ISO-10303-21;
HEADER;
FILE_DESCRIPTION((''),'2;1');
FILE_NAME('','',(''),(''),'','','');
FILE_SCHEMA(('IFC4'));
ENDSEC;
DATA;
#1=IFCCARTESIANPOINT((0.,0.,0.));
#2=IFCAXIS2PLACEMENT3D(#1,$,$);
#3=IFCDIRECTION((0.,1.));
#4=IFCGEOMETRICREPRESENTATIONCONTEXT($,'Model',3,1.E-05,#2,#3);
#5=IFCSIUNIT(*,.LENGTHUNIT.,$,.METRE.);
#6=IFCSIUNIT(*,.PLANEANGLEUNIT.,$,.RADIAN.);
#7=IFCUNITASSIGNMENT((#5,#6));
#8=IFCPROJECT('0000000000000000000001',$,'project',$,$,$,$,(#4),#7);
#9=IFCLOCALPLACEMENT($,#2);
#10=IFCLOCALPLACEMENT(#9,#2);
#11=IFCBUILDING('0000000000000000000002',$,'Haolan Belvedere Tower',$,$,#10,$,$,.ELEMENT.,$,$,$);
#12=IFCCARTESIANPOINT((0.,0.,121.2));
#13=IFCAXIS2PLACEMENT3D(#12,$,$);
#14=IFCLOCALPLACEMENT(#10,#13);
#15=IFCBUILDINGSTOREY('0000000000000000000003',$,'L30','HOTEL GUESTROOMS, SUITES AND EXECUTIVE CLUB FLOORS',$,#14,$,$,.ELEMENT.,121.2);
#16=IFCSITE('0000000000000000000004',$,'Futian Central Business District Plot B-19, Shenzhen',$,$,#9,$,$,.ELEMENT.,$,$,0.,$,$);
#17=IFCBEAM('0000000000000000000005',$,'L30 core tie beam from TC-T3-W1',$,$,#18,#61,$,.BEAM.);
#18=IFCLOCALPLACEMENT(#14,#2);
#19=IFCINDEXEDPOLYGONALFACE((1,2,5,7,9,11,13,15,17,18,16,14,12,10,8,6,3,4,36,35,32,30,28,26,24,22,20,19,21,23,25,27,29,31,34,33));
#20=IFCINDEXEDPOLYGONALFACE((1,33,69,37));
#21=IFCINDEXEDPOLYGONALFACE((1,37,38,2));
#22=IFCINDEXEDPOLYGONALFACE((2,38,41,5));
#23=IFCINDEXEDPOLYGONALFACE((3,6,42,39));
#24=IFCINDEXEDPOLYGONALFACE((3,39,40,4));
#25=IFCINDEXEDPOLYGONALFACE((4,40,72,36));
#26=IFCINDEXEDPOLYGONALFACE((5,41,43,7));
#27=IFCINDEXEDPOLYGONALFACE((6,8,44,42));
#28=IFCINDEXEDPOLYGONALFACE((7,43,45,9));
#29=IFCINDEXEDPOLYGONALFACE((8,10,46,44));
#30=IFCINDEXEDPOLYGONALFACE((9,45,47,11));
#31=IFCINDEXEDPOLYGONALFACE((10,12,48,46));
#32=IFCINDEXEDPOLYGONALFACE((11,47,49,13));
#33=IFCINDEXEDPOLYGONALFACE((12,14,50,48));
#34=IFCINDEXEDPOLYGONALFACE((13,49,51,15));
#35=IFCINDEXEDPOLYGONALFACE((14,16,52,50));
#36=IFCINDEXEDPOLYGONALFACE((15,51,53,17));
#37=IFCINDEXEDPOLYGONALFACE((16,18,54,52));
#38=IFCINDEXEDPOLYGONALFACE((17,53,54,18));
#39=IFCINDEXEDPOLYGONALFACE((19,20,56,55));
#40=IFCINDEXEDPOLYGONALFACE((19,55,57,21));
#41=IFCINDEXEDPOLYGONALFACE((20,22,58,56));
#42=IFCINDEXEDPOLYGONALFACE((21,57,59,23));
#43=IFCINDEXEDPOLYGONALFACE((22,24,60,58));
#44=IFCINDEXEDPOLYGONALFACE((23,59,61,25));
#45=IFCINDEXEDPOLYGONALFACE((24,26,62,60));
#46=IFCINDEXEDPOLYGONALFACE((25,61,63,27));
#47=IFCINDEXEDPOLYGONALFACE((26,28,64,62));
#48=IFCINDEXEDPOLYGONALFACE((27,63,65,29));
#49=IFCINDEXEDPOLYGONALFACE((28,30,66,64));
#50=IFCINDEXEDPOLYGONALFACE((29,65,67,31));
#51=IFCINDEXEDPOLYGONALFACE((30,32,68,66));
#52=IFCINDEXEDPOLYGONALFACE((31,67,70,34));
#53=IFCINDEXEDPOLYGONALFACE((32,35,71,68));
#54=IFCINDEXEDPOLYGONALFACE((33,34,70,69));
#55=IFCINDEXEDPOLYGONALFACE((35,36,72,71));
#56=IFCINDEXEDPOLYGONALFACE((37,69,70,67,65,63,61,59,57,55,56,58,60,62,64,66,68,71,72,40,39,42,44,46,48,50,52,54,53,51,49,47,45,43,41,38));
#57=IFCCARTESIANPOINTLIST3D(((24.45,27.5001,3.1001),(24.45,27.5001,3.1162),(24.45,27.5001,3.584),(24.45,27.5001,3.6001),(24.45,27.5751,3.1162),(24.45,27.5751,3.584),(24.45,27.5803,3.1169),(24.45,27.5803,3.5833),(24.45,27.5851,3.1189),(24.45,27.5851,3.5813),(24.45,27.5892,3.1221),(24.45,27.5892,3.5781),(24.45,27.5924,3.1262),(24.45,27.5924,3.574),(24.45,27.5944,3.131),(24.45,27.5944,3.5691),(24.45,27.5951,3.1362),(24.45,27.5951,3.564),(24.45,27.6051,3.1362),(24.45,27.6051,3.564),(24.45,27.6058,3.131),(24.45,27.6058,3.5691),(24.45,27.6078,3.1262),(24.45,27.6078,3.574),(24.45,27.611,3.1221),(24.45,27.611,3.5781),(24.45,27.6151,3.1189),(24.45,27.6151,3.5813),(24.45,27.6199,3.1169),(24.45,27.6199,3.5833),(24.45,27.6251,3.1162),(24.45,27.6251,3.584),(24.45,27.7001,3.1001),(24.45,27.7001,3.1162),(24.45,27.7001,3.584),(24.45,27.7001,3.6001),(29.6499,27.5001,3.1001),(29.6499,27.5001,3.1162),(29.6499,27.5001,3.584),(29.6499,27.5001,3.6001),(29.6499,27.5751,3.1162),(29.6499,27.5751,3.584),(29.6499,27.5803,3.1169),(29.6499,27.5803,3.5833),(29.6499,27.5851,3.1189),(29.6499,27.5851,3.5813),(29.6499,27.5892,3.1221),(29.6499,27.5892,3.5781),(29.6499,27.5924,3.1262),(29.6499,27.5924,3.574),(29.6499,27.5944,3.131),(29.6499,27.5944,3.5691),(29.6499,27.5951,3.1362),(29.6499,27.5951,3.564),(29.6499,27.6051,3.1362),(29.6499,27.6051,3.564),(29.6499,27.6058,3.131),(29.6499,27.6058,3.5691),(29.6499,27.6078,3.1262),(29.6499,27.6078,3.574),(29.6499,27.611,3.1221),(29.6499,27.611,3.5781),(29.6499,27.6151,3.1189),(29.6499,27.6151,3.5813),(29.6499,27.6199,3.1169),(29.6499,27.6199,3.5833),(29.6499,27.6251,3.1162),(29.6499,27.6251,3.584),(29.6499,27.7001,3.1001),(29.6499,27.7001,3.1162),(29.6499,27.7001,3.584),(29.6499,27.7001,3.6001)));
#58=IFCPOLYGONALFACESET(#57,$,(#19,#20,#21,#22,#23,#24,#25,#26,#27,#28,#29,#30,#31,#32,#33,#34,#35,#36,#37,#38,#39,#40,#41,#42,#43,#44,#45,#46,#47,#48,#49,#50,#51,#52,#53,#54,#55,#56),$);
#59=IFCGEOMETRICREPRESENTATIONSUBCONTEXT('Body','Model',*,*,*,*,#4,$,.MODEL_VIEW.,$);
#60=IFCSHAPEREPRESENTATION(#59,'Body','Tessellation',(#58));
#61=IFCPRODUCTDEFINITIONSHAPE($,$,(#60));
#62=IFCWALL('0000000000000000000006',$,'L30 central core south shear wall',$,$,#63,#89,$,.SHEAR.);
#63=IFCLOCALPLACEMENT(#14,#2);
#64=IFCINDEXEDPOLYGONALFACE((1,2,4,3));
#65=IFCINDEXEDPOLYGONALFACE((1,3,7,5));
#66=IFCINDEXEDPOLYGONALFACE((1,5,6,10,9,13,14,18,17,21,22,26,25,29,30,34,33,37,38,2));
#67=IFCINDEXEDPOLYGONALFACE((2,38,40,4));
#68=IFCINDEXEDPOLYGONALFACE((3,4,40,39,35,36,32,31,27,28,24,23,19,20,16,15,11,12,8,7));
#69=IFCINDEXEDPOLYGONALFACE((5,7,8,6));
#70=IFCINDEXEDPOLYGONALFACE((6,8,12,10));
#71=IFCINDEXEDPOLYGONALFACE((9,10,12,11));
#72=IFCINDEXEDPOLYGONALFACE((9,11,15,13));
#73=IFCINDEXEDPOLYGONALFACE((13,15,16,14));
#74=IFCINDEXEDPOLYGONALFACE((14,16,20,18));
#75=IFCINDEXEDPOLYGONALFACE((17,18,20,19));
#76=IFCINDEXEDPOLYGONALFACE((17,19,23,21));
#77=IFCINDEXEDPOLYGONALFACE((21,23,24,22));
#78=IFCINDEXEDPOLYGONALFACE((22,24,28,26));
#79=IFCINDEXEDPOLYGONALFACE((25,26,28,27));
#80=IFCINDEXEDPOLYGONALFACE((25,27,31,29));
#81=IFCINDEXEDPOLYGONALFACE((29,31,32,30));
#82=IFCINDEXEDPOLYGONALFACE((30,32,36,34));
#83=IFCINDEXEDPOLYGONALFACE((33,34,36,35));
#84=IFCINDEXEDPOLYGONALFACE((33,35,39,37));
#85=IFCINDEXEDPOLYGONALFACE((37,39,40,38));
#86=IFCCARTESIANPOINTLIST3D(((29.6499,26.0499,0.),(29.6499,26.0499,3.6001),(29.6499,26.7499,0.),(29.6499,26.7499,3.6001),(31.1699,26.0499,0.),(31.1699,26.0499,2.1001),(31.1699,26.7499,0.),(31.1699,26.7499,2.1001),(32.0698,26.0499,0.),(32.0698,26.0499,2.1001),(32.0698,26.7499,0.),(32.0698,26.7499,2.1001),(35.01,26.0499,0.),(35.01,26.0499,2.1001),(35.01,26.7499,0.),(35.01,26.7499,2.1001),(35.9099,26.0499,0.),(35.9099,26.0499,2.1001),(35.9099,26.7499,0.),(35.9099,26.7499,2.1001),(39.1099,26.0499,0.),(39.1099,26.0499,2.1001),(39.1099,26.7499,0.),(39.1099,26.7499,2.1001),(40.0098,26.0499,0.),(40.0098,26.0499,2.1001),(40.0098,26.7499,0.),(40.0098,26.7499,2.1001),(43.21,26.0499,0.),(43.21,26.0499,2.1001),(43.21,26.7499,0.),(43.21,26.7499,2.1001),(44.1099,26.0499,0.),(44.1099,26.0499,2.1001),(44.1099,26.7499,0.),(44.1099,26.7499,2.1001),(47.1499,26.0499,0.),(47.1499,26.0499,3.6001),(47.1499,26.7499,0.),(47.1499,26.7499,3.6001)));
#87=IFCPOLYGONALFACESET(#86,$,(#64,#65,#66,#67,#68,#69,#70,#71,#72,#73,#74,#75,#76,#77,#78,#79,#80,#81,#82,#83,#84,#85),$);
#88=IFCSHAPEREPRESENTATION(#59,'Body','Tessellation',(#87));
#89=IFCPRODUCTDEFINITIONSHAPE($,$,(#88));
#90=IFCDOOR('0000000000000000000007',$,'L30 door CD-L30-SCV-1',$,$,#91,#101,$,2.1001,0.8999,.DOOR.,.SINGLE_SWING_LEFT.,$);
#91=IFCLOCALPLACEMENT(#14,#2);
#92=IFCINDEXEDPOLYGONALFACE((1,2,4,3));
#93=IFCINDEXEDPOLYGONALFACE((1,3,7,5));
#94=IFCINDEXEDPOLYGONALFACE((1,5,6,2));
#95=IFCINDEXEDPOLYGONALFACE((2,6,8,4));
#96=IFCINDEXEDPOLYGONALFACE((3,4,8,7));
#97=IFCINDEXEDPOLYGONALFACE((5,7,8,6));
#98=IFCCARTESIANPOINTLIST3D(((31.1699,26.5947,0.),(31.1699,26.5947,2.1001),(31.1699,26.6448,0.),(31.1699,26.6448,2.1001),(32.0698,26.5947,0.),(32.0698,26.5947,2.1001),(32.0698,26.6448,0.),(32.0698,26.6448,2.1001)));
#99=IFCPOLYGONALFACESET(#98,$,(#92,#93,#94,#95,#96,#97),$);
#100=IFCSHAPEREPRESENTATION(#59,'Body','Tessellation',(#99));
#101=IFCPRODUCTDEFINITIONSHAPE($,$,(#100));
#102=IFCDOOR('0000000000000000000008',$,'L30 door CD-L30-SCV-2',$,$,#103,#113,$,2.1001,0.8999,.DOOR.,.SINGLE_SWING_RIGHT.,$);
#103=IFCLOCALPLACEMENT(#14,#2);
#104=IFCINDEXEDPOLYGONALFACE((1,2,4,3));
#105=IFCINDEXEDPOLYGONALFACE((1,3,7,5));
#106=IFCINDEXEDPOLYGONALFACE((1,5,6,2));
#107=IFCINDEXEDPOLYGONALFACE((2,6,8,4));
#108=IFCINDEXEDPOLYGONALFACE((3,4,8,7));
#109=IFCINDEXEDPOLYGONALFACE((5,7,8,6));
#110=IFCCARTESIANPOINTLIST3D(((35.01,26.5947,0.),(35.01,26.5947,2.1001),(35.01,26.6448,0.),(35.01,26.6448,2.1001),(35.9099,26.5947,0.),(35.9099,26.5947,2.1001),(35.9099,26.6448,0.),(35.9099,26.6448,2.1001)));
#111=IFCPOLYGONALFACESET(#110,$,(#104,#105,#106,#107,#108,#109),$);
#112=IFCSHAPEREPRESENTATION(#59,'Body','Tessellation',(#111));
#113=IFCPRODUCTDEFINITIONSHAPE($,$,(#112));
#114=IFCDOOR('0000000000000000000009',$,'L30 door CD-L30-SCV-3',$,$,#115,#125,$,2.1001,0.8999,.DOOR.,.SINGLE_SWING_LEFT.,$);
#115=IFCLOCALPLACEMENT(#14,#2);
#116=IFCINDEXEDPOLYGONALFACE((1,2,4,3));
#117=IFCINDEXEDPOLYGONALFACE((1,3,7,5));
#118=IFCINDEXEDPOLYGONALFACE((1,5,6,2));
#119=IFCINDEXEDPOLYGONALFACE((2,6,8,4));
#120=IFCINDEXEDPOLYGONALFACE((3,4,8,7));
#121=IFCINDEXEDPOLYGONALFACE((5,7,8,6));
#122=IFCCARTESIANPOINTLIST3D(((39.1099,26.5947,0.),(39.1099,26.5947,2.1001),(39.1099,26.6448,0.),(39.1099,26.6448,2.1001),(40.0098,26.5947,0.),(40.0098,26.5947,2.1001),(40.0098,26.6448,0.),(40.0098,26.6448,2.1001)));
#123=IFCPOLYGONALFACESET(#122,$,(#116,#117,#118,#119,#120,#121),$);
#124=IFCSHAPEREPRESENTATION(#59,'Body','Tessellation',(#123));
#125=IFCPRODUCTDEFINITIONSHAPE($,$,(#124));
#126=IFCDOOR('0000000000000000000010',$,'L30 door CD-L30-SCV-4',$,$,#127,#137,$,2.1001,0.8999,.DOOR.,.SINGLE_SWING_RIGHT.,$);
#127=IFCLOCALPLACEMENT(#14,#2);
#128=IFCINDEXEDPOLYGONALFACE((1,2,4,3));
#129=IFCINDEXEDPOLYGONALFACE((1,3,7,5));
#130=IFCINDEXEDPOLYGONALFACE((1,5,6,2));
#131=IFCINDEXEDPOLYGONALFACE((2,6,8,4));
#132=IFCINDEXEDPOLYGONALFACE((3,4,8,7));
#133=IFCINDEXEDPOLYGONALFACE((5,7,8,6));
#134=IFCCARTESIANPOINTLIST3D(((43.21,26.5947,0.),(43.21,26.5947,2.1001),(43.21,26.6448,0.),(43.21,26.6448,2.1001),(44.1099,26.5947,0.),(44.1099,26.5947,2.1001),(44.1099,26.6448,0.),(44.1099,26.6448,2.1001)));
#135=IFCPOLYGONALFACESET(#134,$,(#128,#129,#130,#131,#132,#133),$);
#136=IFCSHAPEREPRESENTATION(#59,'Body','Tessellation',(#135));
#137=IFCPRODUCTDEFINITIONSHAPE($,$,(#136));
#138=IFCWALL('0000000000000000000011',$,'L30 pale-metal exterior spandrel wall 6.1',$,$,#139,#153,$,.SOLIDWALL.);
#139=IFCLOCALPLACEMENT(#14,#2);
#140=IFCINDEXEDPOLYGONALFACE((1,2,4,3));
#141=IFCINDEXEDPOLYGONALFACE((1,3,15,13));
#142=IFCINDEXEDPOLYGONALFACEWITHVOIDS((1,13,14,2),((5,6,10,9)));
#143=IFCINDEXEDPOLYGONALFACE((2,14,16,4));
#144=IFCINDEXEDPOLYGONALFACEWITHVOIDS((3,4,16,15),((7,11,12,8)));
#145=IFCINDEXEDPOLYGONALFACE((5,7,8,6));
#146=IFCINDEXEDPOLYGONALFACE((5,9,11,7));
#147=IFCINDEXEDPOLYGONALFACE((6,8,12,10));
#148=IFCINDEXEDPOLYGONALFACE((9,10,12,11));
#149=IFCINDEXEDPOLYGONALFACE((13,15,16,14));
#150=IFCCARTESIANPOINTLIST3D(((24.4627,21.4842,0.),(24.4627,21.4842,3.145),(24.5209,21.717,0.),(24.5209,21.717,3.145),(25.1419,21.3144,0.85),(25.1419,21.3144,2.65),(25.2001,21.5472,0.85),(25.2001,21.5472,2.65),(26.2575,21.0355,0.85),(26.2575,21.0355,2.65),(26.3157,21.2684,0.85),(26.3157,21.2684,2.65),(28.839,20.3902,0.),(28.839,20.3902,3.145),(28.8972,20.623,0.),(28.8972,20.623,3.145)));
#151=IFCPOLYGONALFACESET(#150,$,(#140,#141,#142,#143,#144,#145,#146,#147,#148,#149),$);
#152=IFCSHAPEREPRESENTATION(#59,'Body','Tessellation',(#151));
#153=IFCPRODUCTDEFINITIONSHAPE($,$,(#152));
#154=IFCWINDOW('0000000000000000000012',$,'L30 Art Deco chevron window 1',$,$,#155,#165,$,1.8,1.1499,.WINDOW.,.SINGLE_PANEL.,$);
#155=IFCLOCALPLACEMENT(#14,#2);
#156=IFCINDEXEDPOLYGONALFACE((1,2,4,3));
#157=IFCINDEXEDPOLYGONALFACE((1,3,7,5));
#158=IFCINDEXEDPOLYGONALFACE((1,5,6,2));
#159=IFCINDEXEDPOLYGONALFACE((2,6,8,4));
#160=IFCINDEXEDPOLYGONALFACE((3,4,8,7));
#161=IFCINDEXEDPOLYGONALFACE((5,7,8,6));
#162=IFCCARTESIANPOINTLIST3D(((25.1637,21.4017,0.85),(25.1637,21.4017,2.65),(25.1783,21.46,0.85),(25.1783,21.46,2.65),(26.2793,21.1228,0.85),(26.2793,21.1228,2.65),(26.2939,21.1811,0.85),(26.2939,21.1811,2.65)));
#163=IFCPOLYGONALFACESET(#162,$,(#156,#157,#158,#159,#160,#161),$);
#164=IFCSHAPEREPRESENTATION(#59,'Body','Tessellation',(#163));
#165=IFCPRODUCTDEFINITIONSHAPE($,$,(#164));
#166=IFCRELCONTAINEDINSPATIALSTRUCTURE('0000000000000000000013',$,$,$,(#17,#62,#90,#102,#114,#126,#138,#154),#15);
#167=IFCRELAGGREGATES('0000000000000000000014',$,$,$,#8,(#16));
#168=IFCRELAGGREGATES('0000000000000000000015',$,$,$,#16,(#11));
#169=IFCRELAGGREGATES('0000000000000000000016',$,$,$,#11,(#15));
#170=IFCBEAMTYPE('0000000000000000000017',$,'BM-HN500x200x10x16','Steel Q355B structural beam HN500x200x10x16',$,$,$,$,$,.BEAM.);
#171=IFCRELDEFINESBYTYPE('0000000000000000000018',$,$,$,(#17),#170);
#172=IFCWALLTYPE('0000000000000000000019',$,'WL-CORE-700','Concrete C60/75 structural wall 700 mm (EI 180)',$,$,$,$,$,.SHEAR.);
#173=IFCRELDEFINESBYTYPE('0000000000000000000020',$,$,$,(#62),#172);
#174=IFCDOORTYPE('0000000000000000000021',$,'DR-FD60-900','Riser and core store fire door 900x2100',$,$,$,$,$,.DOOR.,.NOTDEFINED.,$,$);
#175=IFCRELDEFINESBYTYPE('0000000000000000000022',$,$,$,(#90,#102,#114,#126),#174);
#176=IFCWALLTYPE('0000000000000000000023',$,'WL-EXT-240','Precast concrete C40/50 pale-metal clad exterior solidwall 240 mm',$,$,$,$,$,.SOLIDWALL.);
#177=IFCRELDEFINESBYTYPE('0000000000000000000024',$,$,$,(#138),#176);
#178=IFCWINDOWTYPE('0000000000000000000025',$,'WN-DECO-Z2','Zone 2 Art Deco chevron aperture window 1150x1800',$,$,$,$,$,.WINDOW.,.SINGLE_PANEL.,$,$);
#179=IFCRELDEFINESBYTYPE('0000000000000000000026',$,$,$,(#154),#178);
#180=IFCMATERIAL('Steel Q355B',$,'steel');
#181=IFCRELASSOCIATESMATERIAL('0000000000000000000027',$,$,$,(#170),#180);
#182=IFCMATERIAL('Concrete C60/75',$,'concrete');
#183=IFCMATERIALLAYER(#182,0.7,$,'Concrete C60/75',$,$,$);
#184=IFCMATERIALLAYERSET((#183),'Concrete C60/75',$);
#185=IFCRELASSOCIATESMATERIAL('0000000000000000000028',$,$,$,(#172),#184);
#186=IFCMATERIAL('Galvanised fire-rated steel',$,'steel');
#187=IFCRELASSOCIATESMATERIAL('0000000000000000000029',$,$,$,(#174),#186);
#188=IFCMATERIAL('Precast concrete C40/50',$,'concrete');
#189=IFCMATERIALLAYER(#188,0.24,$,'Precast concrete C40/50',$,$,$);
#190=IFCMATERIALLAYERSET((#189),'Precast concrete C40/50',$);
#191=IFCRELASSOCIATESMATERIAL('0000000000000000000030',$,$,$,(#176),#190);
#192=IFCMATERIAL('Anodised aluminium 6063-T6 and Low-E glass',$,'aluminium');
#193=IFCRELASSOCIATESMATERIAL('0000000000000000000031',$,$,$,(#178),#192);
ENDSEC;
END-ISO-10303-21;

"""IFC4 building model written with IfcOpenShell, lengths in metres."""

from ifc_helpers import new_model, si_unit, direction, frame, frame_2d, origin, origin_2d, place, context, subcontext, project, spatial, rectangle, i_section, extrude, material, layer, layer_set, material_profile, profile_set, type_object, element, fill, save


model = new_model("IFC4")

# Units and contexts
model_context = context("Model", 3, precision=1e-05, world=origin(), true_north=direction((0.0, 1.0)))
body_context = subcontext(model_context, "Body", "Model", "MODEL_VIEW")
ifc_project = project(units=[si_unit("LENGTHUNIT", "METRE"), si_unit("PLANEANGLEUNIT", "RADIAN")], contexts=[model_context])

# Site, building, storey
site_placement = place(None, origin())
site = spatial("IfcSite", under=ifc_project, at=site_placement, Name="Futian Central Business District Plot B-19, Shenzhen", CompositionType="ELEMENT", RefElevation=0.0)
building_placement = place(site_placement, origin())
building = spatial("IfcBuilding", under=site, at=building_placement, Name="Haolan Belvedere Tower", CompositionType="ELEMENT")
storey_placement = place(building_placement, frame((0.0, 0.0, 121.2)))
storey = spatial("IfcBuildingStorey", under=building, at=storey_placement, Name="L30", Description="HOTEL GUESTROOMS, SUITES AND EXECUTIVE CLUB FLOORS", CompositionType="ELEMENT", Elevation=121.2)

# Beam
ifc_material_1 = material(Name="Steel Q355B", Category="steel")
ifc_material_profile_1 = material_profile(ifc_material_1, i_section(OverallWidth=0.2, OverallDepth=0.5, WebThickness=0.01, FlangeThickness=0.0161, FilletRadius=0.02, at=origin_2d()), Name="Steel Q355B")
ifc_profile_set_1 = profile_set([ifc_material_profile_1], Name="Steel Q355B")
beam_type_1 = type_object("IfcBeamType", Name="BM-HN500x200x10x16", Description="Steel Q355B structural beam HN500x200x10x16", PredefinedType="BEAM", material=ifc_profile_set_1)
beam_1_placement = place(storey_placement, frame((24.45, 27.6001, 3.3501), z_axis=(1.0, 0.0, 0.0), x_axis=(0.0, 1.0, 0.0)))
element("IfcBeam", 1, at=beam_1_placement, inside=storey, type_object=beam_type_1, Name="L30 core tie beam from TC-T3-W1", PredefinedType="BEAM", context=body_context, shape_type="SweptSolid", body=[
    extrude(i_section(OverallWidth=0.2, OverallDepth=0.5, WebThickness=0.01, FlangeThickness=0.0161, FilletRadius=0.02, at=origin_2d()), origin(), (0.0, 0.0, 1.0), 5.2),
])

# Wall, openings, doors
ifc_material_2 = material(Name="Concrete C60/75", Category="concrete")
ifc_layer_1 = layer(ifc_material_2, 0.7, Name="Concrete C60/75")
ifc_layer_set_1 = layer_set([ifc_layer_1], Name="Concrete C60/75")
wall_type_1 = type_object("IfcWallType", Name="WL-CORE-700", Description="Concrete C60/75 structural wall 700 mm (EI 180)", PredefinedType="SHEAR", material=ifc_layer_set_1)
wall_1_placement = place(storey_placement, frame((29.6499, 26.3999, 0.0), z_axis=(0.0, 0.0, 1.0), x_axis=(1.0, 0.0, 0.0)))
wall_1 = element("IfcWall", 2, at=wall_1_placement, inside=storey, type_object=wall_type_1, Name="L30 central core south shear wall", PredefinedType="SHEAR", context=body_context, shape_type="SweptSolid", body=[
    extrude(rectangle(XDim=17.5, YDim=0.7, at=frame_2d((8.75, 0.0))), origin(), (0.0, 0.0, 1.0), 3.6001),
])
opening_1_placement = place(wall_1_placement, frame((2.4199, 0.0, 0.0), z_axis=(0.0, 0.0, 1.0), x_axis=(-1.0, 0.0, 0.0)))
opening_1 = element("IfcOpeningElement", 3, at=opening_1_placement, cuts=wall_1, PredefinedType="OPENING", context=body_context, shape_type="SweptSolid", body=[
    extrude(rectangle(XDim=0.8999, YDim=2.1001, at=frame_2d((0.45, 1.05))), frame((0.0, 0.3599, 0.0), z_axis=(0.0, -1.0, 0.0), x_axis=(1.0, 0.0, 0.0)), (0.0, 0.0, 1.0), 0.72),
])
opening_2_placement = place(wall_1_placement, frame((6.26, 0.0, 0.0), z_axis=(0.0, 0.0, 1.0), x_axis=(-1.0, 0.0, 0.0)))
opening_2 = element("IfcOpeningElement", 4, at=opening_2_placement, cuts=wall_1, PredefinedType="OPENING", context=body_context, shape_type="SweptSolid", body=[
    extrude(rectangle(XDim=0.8999, YDim=2.1001, at=frame_2d((0.45, 1.05))), frame((0.0, 0.3599, 0.0), z_axis=(0.0, -1.0, 0.0), x_axis=(1.0, 0.0, 0.0)), (0.0, 0.0, 1.0), 0.72),
])
opening_3_placement = place(wall_1_placement, frame((10.3599, 0.0, 0.0), z_axis=(0.0, 0.0, 1.0), x_axis=(-1.0, 0.0, 0.0)))
opening_3 = element("IfcOpeningElement", 5, at=opening_3_placement, cuts=wall_1, PredefinedType="OPENING", context=body_context, shape_type="SweptSolid", body=[
    extrude(rectangle(XDim=0.8999, YDim=2.1001, at=frame_2d((0.45, 1.05))), frame((0.0, 0.3599, 0.0), z_axis=(0.0, -1.0, 0.0), x_axis=(1.0, 0.0, 0.0)), (0.0, 0.0, 1.0), 0.72),
])
opening_4_placement = place(wall_1_placement, frame((14.46, 0.0, 0.0), z_axis=(0.0, 0.0, 1.0), x_axis=(-1.0, 0.0, 0.0)))
opening_4 = element("IfcOpeningElement", 6, at=opening_4_placement, cuts=wall_1, PredefinedType="OPENING", context=body_context, shape_type="SweptSolid", body=[
    extrude(rectangle(XDim=0.8999, YDim=2.1001, at=frame_2d((0.45, 1.05))), frame((0.0, 0.3599, 0.0), z_axis=(0.0, -1.0, 0.0), x_axis=(1.0, 0.0, 0.0)), (0.0, 0.0, 1.0), 0.72),
])
ifc_material_3 = material(Name="Galvanised fire-rated steel", Category="steel")
door_type_1 = type_object("IfcDoorType", Name="DR-FD60-900", Description="Riser and core store fire door 900x2100", OperationType="NOTDEFINED", PredefinedType="DOOR", material=ifc_material_3)
door_1_placement = place(opening_1_placement, origin())
door_1 = element("IfcDoor", 7, at=door_1_placement, inside=storey, type_object=door_type_1, Name="L30 door CD-L30-SCV-1", OperationType="SINGLE_SWING_LEFT", OverallHeight=2.1001, OverallWidth=0.8999, PredefinedType="DOOR", context=body_context, shape_type="SweptSolid", body=[
    extrude(rectangle(XDim=0.8999, YDim=2.1001, at=frame_2d((0.45, 1.05))), frame((0.0, -0.1948, 0.0), z_axis=(0.0, -1.0, 0.0), x_axis=(1.0, 0.0, 0.0)), (0.0, 0.0, 1.0), 0.05),
])
fill(opening_1, door_1)
door_2_placement = place(opening_2_placement, origin())
door_2 = element("IfcDoor", 8, at=door_2_placement, inside=storey, type_object=door_type_1, Name="L30 door CD-L30-SCV-2", OperationType="SINGLE_SWING_RIGHT", OverallHeight=2.1001, OverallWidth=0.8999, PredefinedType="DOOR", context=body_context, shape_type="SweptSolid", body=[
    extrude(rectangle(XDim=0.8999, YDim=2.1001, at=frame_2d((0.45, 1.05))), frame((0.0, -0.1948, 0.0), z_axis=(0.0, -1.0, 0.0), x_axis=(1.0, 0.0, 0.0)), (0.0, 0.0, 1.0), 0.05),
])
fill(opening_2, door_2)
door_3_placement = place(opening_3_placement, origin())
door_3 = element("IfcDoor", 9, at=door_3_placement, inside=storey, type_object=door_type_1, Name="L30 door CD-L30-SCV-3", OperationType="SINGLE_SWING_LEFT", OverallHeight=2.1001, OverallWidth=0.8999, PredefinedType="DOOR", context=body_context, shape_type="SweptSolid", body=[
    extrude(rectangle(XDim=0.8999, YDim=2.1001, at=frame_2d((0.45, 1.05))), frame((0.0, -0.1948, 0.0), z_axis=(0.0, -1.0, 0.0), x_axis=(1.0, 0.0, 0.0)), (0.0, 0.0, 1.0), 0.05),
])
fill(opening_3, door_3)
door_4_placement = place(opening_4_placement, origin())
door_4 = element("IfcDoor", 10, at=door_4_placement, inside=storey, type_object=door_type_1, Name="L30 door CD-L30-SCV-4", OperationType="SINGLE_SWING_RIGHT", OverallHeight=2.1001, OverallWidth=0.8999, PredefinedType="DOOR", context=body_context, shape_type="SweptSolid", body=[
    extrude(rectangle(XDim=0.8999, YDim=2.1001, at=frame_2d((0.45, 1.05))), frame((0.0, -0.1948, 0.0), z_axis=(0.0, -1.0, 0.0), x_axis=(1.0, 0.0, 0.0)), (0.0, 0.0, 1.0), 0.05),
])
fill(opening_4, door_4)

# Wall, opening, window
ifc_material_4 = material(Name="Precast concrete C40/50", Category="concrete")
ifc_layer_2 = layer(ifc_material_4, 0.24, Name="Precast concrete C40/50")
ifc_layer_set_2 = layer_set([ifc_layer_2], Name="Precast concrete C40/50")
wall_type_2 = type_object("IfcWallType", Name="WL-EXT-240", Description="Precast concrete C40/50 pale-metal clad exterior solidwall 240 mm", PredefinedType="SOLIDWALL", material=ifc_layer_set_2)
wall_2_placement = place(storey_placement, frame((24.4919, 21.6006, 0.0), z_axis=(0.0, 0.0, 1.0), x_axis=(0.970146, -0.242523, 0.0)))
wall_2 = element("IfcWall", 11, at=wall_2_placement, inside=storey, type_object=wall_type_2, Name="L30 pale-metal exterior spandrel wall 6.1", PredefinedType="SOLIDWALL", context=body_context, shape_type="SweptSolid", body=[
    extrude(rectangle(XDim=4.511, YDim=0.24, at=frame_2d((2.2554, 0.0))), origin(), (0.0, 0.0, 1.0), 3.145),
])
opening_5_placement = place(wall_2_placement, frame((0.7, 0.0, 0.8501)))
opening_5 = element("IfcOpeningElement", 12, at=opening_5_placement, cuts=wall_2, PredefinedType="OPENING", context=body_context, shape_type="SweptSolid", body=[
    extrude(rectangle(XDim=1.1499, YDim=1.8, at=frame_2d((0.575, 0.8999))), frame((0.0, 0.1299, 0.0), z_axis=(0.0, -1.0, 0.0), x_axis=(1.0, 0.0, 0.0)), (0.0, 0.0, 1.0), 0.26),
])
ifc_material_5 = material(Name="Anodised aluminium 6063-T6 and Low-E glass", Category="aluminium")
window_type = type_object("IfcWindowType", Name="WN-DECO-Z2", Description="Zone 2 Art Deco chevron aperture window 1150x1800", PartitioningType="SINGLE_PANEL", PredefinedType="WINDOW", material=ifc_material_5)
window_placement = place(opening_5_placement, origin())
window = element("IfcWindow", 13, at=window_placement, inside=storey, type_object=window_type, Name="L30 Art Deco chevron window 1", OverallHeight=1.8, OverallWidth=1.1499, PartitioningType="SINGLE_PANEL", PredefinedType="WINDOW", context=body_context, shape_type="SweptSolid", body=[
    extrude(rectangle(XDim=1.1499, YDim=1.8, at=frame_2d((0.575, 0.8999))), frame((0.0, 0.03, 0.0), z_axis=(0.0, -1.0, 0.0), x_axis=(1.0, 0.0, 0.0)), (0.0, 0.0, 1.0), 0.0601),
])
fill(opening_5, window)

save(model, "model.ifc")
